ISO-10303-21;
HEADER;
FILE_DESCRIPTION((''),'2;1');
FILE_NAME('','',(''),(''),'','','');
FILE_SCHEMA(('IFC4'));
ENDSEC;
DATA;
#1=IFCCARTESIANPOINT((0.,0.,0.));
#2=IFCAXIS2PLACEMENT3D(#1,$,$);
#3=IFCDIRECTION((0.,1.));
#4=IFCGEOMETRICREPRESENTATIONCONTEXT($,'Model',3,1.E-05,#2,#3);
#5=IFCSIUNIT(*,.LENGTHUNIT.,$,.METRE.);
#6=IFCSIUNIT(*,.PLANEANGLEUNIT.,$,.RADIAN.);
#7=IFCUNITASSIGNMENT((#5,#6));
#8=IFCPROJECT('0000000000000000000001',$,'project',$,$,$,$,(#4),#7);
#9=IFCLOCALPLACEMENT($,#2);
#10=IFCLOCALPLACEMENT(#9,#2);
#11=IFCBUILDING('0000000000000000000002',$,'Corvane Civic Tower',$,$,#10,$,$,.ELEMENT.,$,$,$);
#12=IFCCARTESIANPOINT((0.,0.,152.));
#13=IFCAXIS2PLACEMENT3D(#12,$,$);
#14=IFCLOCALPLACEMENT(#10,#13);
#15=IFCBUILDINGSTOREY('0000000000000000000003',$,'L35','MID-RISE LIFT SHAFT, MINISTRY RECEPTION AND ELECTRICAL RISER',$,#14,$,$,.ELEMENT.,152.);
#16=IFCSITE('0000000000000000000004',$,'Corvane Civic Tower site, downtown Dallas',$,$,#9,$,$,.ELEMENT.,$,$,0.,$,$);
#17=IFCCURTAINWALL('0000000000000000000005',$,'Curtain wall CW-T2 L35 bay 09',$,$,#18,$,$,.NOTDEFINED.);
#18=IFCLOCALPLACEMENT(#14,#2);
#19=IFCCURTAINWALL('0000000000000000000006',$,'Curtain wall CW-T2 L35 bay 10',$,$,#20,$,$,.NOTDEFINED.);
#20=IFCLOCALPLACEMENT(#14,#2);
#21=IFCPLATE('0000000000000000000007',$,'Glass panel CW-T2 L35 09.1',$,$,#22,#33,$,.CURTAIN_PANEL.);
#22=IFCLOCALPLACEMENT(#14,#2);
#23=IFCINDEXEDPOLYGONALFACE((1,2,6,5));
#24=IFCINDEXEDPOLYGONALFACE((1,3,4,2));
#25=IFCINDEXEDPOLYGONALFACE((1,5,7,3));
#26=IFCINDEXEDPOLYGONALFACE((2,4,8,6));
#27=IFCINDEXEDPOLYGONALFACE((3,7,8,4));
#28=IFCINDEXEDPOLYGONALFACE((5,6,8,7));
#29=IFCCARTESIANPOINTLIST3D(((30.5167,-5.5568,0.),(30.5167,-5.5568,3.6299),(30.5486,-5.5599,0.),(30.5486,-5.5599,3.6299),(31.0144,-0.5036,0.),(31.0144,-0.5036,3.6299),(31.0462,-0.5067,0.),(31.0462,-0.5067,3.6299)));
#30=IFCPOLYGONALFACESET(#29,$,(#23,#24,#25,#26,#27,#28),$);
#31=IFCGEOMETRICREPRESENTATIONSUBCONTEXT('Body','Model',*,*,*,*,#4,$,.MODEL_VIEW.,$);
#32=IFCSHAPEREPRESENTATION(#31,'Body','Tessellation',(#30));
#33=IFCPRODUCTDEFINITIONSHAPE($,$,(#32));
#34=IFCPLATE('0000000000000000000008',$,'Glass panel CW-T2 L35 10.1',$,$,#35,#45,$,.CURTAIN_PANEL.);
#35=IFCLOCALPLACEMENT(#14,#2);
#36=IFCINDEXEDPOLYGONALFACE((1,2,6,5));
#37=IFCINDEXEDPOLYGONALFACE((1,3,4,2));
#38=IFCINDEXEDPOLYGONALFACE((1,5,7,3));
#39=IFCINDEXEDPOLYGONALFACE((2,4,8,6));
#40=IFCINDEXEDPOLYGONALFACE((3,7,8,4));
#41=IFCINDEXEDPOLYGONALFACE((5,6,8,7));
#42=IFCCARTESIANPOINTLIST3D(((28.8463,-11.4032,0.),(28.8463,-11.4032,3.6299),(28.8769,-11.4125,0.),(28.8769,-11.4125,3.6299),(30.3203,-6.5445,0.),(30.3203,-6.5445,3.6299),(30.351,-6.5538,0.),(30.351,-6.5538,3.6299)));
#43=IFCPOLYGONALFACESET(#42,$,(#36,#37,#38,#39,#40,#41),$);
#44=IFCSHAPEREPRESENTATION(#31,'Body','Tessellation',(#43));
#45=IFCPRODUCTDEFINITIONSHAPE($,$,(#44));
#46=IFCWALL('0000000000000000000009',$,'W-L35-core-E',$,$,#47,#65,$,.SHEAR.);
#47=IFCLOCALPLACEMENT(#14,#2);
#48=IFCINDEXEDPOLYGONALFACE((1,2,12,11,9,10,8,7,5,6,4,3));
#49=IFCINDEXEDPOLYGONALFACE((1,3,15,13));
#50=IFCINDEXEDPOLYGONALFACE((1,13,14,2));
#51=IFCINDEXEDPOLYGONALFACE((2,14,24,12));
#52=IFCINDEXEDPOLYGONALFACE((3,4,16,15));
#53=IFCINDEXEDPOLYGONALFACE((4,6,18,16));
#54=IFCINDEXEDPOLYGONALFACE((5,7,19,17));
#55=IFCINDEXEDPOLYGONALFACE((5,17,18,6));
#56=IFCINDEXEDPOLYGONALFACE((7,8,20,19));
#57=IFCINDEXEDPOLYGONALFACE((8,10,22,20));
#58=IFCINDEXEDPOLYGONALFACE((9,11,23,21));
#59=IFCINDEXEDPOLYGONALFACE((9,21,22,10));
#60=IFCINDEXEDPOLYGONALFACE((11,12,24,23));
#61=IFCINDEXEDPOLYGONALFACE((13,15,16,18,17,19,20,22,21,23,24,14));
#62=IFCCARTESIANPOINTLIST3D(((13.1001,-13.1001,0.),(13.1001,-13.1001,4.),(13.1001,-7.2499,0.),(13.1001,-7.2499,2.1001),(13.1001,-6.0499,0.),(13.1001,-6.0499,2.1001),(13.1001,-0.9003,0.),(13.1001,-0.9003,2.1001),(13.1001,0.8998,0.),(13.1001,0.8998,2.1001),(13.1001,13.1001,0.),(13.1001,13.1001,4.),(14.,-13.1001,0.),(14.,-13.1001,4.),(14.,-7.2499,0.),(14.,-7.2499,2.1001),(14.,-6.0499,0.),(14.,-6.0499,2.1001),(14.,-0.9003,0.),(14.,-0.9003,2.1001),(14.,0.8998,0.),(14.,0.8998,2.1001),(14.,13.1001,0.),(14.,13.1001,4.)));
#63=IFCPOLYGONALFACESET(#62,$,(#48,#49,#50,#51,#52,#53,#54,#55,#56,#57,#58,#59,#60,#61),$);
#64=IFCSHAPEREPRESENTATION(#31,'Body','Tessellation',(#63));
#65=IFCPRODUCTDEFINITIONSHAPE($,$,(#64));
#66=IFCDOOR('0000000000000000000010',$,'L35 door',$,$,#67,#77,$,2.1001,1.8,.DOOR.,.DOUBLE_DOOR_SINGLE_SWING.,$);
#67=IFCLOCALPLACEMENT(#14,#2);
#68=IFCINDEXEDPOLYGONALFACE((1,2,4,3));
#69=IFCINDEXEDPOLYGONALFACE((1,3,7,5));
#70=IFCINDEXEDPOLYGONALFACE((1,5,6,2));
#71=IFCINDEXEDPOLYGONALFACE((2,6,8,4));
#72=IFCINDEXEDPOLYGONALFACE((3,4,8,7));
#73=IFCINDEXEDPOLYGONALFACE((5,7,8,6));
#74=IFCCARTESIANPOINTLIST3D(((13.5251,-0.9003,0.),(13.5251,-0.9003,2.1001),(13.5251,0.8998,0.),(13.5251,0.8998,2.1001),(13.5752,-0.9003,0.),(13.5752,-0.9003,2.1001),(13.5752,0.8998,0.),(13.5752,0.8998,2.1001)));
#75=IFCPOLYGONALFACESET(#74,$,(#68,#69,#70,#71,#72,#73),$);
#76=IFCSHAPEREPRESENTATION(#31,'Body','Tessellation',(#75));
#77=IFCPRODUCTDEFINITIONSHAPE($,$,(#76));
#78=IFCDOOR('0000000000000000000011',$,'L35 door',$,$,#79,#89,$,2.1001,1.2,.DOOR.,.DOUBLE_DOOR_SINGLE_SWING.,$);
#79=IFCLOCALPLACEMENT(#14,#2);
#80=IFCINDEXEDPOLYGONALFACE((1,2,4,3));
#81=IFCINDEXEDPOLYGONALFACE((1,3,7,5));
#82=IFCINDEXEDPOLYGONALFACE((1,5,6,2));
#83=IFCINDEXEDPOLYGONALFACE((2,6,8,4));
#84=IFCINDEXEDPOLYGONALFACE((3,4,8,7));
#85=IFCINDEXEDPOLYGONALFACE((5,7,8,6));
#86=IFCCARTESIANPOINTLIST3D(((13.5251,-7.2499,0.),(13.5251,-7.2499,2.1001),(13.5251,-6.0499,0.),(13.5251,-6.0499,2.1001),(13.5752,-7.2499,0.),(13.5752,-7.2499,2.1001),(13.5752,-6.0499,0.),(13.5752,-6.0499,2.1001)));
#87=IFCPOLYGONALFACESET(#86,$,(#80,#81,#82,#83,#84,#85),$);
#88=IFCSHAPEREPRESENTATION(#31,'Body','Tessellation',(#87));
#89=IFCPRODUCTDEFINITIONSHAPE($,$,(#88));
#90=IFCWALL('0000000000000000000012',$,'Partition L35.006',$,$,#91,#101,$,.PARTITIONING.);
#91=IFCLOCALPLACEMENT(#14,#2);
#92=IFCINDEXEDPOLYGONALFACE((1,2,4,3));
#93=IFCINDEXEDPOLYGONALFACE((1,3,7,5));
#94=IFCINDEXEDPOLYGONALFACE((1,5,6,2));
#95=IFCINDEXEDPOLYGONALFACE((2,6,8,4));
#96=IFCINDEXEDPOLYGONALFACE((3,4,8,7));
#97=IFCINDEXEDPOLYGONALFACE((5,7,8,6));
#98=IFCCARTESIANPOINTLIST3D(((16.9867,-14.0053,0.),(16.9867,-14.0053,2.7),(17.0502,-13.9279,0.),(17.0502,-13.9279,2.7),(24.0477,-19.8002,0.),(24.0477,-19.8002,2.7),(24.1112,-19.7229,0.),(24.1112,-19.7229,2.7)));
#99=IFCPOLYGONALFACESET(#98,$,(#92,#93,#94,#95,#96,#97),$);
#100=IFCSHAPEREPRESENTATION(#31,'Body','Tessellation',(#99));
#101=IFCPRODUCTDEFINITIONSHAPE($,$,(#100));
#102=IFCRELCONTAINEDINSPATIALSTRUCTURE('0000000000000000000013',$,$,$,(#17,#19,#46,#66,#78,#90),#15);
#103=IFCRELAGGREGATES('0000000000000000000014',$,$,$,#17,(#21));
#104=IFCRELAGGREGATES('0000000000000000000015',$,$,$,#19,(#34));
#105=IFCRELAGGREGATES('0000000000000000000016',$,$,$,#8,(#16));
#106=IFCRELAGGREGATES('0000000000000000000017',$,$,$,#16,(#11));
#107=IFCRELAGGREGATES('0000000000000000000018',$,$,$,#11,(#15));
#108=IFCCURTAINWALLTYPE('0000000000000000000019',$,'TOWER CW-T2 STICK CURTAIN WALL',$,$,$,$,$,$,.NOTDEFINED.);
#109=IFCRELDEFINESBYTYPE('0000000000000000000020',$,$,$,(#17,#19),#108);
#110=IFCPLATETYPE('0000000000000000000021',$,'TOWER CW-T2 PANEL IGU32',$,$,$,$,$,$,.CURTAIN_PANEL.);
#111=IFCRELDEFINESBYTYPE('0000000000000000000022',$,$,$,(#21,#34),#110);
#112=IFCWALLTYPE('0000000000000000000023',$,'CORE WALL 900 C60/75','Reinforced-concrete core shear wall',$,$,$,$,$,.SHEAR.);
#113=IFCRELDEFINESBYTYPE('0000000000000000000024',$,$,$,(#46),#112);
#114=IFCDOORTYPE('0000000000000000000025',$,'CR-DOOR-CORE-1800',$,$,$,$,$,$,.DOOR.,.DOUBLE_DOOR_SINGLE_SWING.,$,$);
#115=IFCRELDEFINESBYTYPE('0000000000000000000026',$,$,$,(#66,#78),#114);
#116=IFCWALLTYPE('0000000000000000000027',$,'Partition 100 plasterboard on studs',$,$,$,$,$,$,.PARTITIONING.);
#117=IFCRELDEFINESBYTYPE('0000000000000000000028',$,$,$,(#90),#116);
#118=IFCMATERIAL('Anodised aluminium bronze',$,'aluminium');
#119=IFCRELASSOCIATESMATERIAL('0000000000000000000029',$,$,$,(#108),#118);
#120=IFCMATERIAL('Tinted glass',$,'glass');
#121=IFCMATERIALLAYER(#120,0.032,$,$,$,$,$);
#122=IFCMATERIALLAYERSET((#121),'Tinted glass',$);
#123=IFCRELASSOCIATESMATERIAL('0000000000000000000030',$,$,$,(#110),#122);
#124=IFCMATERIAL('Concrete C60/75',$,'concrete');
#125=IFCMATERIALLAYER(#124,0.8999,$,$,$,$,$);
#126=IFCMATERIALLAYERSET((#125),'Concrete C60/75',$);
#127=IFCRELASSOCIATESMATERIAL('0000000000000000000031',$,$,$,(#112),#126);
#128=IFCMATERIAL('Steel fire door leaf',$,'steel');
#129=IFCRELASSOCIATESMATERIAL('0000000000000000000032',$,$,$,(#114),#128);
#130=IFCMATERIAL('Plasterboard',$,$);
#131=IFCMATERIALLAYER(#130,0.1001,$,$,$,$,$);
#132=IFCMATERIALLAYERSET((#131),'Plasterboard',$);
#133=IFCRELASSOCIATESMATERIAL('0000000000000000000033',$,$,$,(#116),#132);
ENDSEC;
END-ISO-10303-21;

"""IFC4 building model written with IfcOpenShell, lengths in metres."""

from ifc_helpers import new_model, si_unit, direction, frame, frame_2d, origin, origin_2d, place, context, subcontext, project, spatial, rectangle, extrude, material, layer, layer_set, type_object, element, fill, aggregate, save


model = new_model("IFC4")

# Units and contexts
model_context = context("Model", 3, precision=1e-05, world=origin(), true_north=direction((0.0, 1.0)))
body_context = subcontext(model_context, "Body", "Model", "MODEL_VIEW")
ifc_project = project(units=[si_unit("LENGTHUNIT", "METRE"), si_unit("PLANEANGLEUNIT", "RADIAN")], contexts=[model_context])

# Site, building, storey
site_placement = place(None, origin())
site = spatial("IfcSite", under=ifc_project, at=site_placement, Name="Corvane Civic Tower site, downtown Dallas", CompositionType="ELEMENT", RefElevation=0.0)
building_placement = place(site_placement, origin())
building = spatial("IfcBuilding", under=site, at=building_placement, Name="Corvane Civic Tower", CompositionType="ELEMENT")
storey_placement = place(building_placement, frame((0.0, 0.0, 152.0)))
storey = spatial("IfcBuildingStorey", under=building, at=storey_placement, Name="L35", Description="MID-RISE LIFT SHAFT, MINISTRY RECEPTION AND ELECTRICAL RISER", CompositionType="ELEMENT", Elevation=152.0)

# Curtain walls
ifc_material_1 = material(Name="Anodised aluminium bronze", Category="aluminium")
curtain_wall_type = type_object("IfcCurtainWallType", Name="TOWER CW-T2 STICK CURTAIN WALL", PredefinedType="NOTDEFINED", material=ifc_material_1)
curtain_wall_1_placement = place(storey_placement, origin())
curtain_wall_1 = element("IfcCurtainWall", 1, at=curtain_wall_1_placement, inside=storey, type_object=curtain_wall_type, Name="Curtain wall CW-T2 L35 bay 09", PredefinedType="NOTDEFINED")
curtain_wall_2_placement = place(storey_placement, origin())
curtain_wall_2 = element("IfcCurtainWall", 2, at=curtain_wall_2_placement, inside=storey, type_object=curtain_wall_type, Name="Curtain wall CW-T2 L35 bay 10", PredefinedType="NOTDEFINED")

# Plates
ifc_material_2 = material(Name="Tinted glass", Category="glass")
ifc_layer_1 = layer(ifc_material_2, 0.032)
ifc_layer_set_1 = layer_set([ifc_layer_1], Name="Tinted glass")
plate_type = type_object("IfcPlateType", Name="TOWER CW-T2 PANEL IGU32", PredefinedType="CURTAIN_PANEL", material=ifc_layer_set_1)
plate_1_placement = place(storey_placement, frame((30.7815, -3.0317, 0.0), z_axis=(0.0, 0.0, 1.0), x_axis=(-0.098012, -0.995185, 0.0)))
plate_1 = element("IfcPlate", 3, at=plate_1_placement, type_object=plate_type, Name="Glass panel CW-T2 L35 09.1", PredefinedType="CURTAIN_PANEL", context=body_context, shape_type="SweptSolid", body=[
    extrude(rectangle(XDim=5.0776, YDim=0.032, at=origin_2d()), origin(), (0.0, 0.0, 1.0), 3.6299),
])
aggregate(curtain_wall_1, [plate_1])
plate_2_placement = place(storey_placement, frame((29.5986, -8.9785, 0.0), z_axis=(0.0, 0.0, 1.0), x_axis=(-0.290313, -0.956932, 0.0)))
plate_2 = element("IfcPlate", 4, at=plate_2_placement, type_object=plate_type, Name="Glass panel CW-T2 L35 10.1", PredefinedType="CURTAIN_PANEL", context=body_context, shape_type="SweptSolid", body=[
    extrude(rectangle(XDim=5.0774, YDim=0.032, at=origin_2d()), origin(), (0.0, 0.0, 1.0), 3.6299),
])
aggregate(curtain_wall_2, [plate_2])

# Wall, openings, doors
ifc_material_3 = material(Name="Concrete C60/75", Category="concrete")
ifc_layer_2 = layer(ifc_material_3, 0.8999)
ifc_layer_set_2 = layer_set([ifc_layer_2], Name="Concrete C60/75")
wall_type_1 = type_object("IfcWallType", Name="CORE WALL 900 C60/75", Description="Reinforced-concrete core shear wall", PredefinedType="SHEAR", material=ifc_layer_set_2)
wall_1_placement = place(storey_placement, frame((13.55, -13.1001, 0.0), z_axis=(0.0, 0.0, 1.0), x_axis=(0.0, 1.0, 0.0)))
wall_1 = element("IfcWall", 5, at=wall_1_placement, inside=storey, type_object=wall_type_1, Name="W-L35-core-E", PredefinedType="SHEAR", context=body_context, shape_type="SweptSolid", body=[
    extrude(rectangle(XDim=26.2002, YDim=0.8999, at=frame_2d((13.1001, 0.0))), origin(), (0.0, 0.0, 1.0), 4.0),
])
opening_1_placement = place(wall_1_placement, frame((12.2, 0.0, 0.0)))
opening_1 = element("IfcOpeningElement", 6, at=opening_1_placement, cuts=wall_1, PredefinedType="OPENING", context=body_context, shape_type="SweptSolid", body=[
    extrude(rectangle(XDim=1.8, YDim=2.1001, at=frame_2d((0.8999, 1.05))), frame((0.0, 0.46, 0.0), z_axis=(0.0, -1.0, 0.0), x_axis=(1.0, 0.0, 0.0)), (0.0, 0.0, 1.0), 0.9199),
])
opening_2_placement = place(wall_1_placement, frame((5.8501, 0.0, 0.0)))
opening_2 = element("IfcOpeningElement", 7, at=opening_2_placement, cuts=wall_1, PredefinedType="OPENING", context=body_context, shape_type="SweptSolid", body=[
    extrude(rectangle(XDim=1.2, YDim=2.1001, at=frame_2d((0.6001, 1.05))), frame((0.0, 0.46, 0.0), z_axis=(0.0, -1.0, 0.0), x_axis=(1.0, 0.0, 0.0)), (0.0, 0.0, 1.0), 0.9199),
])
ifc_material_4 = material(Name="Steel fire door leaf", Category="steel")
door_type_1 = type_object("IfcDoorType", Name="CR-DOOR-CORE-1800", OperationType="DOUBLE_DOOR_SINGLE_SWING", PredefinedType="DOOR", material=ifc_material_4)
door_1_placement = place(opening_1_placement, origin())
door_1 = element("IfcDoor", 8, at=door_1_placement, inside=storey, type_object=door_type_1, Name="L35 door", OperationType="DOUBLE_DOOR_SINGLE_SWING", OverallHeight=2.1001, OverallWidth=1.8, PredefinedType="DOOR", context=body_context, shape_type="SweptSolid", body=[
    extrude(rectangle(XDim=1.8, YDim=2.1001, at=frame_2d((0.8999, 1.05))), frame((0.0, 0.0249, 0.0), z_axis=(0.0, -1.0, 0.0), x_axis=(1.0, 0.0, 0.0)), (0.0, 0.0, 1.0), 0.05),
])
fill(opening_1, door_1)
door_2_placement = place(opening_2_placement, origin())
door_2 = element("IfcDoor", 9, at=door_2_placement, inside=storey, type_object=door_type_1, Name="L35 door", OperationType="DOUBLE_DOOR_SINGLE_SWING", OverallHeight=2.1001, OverallWidth=1.2, PredefinedType="DOOR", context=body_context, shape_type="SweptSolid", body=[
    extrude(rectangle(XDim=1.2, YDim=2.1001, at=frame_2d((0.6001, 1.05))), frame((0.0, 0.0249, 0.0), z_axis=(0.0, -1.0, 0.0), x_axis=(1.0, 0.0, 0.0)), (0.0, 0.0, 1.0), 0.05),
])
fill(opening_2, door_2)

# Wall
ifc_material_5 = material(Name="Plasterboard")
ifc_layer_3 = layer(ifc_material_5, 0.1001)
ifc_layer_set_3 = layer_set([ifc_layer_3], Name="Plasterboard")
wall_type_2 = type_object("IfcWallType", Name="Partition 100 plasterboard on studs", PredefinedType="PARTITIONING", material=ifc_layer_set_3)
wall_2_placement = place(storey_placement, frame((17.0183, -13.9666, 0.0), z_axis=(0.0, 0.0, 1.0), x_axis=(0.773006, -0.634399, 0.0)))
element("IfcWall", 10, at=wall_2_placement, inside=storey, type_object=wall_type_2, Name="Partition L35.006", PredefinedType="PARTITIONING", context=body_context, shape_type="SweptSolid", body=[
    extrude(rectangle(XDim=9.1345, YDim=0.1001, at=frame_2d((4.5674, 0.0))), origin(), (0.0, 0.0, 1.0), 2.7),
])

save(model, "model.ifc")
